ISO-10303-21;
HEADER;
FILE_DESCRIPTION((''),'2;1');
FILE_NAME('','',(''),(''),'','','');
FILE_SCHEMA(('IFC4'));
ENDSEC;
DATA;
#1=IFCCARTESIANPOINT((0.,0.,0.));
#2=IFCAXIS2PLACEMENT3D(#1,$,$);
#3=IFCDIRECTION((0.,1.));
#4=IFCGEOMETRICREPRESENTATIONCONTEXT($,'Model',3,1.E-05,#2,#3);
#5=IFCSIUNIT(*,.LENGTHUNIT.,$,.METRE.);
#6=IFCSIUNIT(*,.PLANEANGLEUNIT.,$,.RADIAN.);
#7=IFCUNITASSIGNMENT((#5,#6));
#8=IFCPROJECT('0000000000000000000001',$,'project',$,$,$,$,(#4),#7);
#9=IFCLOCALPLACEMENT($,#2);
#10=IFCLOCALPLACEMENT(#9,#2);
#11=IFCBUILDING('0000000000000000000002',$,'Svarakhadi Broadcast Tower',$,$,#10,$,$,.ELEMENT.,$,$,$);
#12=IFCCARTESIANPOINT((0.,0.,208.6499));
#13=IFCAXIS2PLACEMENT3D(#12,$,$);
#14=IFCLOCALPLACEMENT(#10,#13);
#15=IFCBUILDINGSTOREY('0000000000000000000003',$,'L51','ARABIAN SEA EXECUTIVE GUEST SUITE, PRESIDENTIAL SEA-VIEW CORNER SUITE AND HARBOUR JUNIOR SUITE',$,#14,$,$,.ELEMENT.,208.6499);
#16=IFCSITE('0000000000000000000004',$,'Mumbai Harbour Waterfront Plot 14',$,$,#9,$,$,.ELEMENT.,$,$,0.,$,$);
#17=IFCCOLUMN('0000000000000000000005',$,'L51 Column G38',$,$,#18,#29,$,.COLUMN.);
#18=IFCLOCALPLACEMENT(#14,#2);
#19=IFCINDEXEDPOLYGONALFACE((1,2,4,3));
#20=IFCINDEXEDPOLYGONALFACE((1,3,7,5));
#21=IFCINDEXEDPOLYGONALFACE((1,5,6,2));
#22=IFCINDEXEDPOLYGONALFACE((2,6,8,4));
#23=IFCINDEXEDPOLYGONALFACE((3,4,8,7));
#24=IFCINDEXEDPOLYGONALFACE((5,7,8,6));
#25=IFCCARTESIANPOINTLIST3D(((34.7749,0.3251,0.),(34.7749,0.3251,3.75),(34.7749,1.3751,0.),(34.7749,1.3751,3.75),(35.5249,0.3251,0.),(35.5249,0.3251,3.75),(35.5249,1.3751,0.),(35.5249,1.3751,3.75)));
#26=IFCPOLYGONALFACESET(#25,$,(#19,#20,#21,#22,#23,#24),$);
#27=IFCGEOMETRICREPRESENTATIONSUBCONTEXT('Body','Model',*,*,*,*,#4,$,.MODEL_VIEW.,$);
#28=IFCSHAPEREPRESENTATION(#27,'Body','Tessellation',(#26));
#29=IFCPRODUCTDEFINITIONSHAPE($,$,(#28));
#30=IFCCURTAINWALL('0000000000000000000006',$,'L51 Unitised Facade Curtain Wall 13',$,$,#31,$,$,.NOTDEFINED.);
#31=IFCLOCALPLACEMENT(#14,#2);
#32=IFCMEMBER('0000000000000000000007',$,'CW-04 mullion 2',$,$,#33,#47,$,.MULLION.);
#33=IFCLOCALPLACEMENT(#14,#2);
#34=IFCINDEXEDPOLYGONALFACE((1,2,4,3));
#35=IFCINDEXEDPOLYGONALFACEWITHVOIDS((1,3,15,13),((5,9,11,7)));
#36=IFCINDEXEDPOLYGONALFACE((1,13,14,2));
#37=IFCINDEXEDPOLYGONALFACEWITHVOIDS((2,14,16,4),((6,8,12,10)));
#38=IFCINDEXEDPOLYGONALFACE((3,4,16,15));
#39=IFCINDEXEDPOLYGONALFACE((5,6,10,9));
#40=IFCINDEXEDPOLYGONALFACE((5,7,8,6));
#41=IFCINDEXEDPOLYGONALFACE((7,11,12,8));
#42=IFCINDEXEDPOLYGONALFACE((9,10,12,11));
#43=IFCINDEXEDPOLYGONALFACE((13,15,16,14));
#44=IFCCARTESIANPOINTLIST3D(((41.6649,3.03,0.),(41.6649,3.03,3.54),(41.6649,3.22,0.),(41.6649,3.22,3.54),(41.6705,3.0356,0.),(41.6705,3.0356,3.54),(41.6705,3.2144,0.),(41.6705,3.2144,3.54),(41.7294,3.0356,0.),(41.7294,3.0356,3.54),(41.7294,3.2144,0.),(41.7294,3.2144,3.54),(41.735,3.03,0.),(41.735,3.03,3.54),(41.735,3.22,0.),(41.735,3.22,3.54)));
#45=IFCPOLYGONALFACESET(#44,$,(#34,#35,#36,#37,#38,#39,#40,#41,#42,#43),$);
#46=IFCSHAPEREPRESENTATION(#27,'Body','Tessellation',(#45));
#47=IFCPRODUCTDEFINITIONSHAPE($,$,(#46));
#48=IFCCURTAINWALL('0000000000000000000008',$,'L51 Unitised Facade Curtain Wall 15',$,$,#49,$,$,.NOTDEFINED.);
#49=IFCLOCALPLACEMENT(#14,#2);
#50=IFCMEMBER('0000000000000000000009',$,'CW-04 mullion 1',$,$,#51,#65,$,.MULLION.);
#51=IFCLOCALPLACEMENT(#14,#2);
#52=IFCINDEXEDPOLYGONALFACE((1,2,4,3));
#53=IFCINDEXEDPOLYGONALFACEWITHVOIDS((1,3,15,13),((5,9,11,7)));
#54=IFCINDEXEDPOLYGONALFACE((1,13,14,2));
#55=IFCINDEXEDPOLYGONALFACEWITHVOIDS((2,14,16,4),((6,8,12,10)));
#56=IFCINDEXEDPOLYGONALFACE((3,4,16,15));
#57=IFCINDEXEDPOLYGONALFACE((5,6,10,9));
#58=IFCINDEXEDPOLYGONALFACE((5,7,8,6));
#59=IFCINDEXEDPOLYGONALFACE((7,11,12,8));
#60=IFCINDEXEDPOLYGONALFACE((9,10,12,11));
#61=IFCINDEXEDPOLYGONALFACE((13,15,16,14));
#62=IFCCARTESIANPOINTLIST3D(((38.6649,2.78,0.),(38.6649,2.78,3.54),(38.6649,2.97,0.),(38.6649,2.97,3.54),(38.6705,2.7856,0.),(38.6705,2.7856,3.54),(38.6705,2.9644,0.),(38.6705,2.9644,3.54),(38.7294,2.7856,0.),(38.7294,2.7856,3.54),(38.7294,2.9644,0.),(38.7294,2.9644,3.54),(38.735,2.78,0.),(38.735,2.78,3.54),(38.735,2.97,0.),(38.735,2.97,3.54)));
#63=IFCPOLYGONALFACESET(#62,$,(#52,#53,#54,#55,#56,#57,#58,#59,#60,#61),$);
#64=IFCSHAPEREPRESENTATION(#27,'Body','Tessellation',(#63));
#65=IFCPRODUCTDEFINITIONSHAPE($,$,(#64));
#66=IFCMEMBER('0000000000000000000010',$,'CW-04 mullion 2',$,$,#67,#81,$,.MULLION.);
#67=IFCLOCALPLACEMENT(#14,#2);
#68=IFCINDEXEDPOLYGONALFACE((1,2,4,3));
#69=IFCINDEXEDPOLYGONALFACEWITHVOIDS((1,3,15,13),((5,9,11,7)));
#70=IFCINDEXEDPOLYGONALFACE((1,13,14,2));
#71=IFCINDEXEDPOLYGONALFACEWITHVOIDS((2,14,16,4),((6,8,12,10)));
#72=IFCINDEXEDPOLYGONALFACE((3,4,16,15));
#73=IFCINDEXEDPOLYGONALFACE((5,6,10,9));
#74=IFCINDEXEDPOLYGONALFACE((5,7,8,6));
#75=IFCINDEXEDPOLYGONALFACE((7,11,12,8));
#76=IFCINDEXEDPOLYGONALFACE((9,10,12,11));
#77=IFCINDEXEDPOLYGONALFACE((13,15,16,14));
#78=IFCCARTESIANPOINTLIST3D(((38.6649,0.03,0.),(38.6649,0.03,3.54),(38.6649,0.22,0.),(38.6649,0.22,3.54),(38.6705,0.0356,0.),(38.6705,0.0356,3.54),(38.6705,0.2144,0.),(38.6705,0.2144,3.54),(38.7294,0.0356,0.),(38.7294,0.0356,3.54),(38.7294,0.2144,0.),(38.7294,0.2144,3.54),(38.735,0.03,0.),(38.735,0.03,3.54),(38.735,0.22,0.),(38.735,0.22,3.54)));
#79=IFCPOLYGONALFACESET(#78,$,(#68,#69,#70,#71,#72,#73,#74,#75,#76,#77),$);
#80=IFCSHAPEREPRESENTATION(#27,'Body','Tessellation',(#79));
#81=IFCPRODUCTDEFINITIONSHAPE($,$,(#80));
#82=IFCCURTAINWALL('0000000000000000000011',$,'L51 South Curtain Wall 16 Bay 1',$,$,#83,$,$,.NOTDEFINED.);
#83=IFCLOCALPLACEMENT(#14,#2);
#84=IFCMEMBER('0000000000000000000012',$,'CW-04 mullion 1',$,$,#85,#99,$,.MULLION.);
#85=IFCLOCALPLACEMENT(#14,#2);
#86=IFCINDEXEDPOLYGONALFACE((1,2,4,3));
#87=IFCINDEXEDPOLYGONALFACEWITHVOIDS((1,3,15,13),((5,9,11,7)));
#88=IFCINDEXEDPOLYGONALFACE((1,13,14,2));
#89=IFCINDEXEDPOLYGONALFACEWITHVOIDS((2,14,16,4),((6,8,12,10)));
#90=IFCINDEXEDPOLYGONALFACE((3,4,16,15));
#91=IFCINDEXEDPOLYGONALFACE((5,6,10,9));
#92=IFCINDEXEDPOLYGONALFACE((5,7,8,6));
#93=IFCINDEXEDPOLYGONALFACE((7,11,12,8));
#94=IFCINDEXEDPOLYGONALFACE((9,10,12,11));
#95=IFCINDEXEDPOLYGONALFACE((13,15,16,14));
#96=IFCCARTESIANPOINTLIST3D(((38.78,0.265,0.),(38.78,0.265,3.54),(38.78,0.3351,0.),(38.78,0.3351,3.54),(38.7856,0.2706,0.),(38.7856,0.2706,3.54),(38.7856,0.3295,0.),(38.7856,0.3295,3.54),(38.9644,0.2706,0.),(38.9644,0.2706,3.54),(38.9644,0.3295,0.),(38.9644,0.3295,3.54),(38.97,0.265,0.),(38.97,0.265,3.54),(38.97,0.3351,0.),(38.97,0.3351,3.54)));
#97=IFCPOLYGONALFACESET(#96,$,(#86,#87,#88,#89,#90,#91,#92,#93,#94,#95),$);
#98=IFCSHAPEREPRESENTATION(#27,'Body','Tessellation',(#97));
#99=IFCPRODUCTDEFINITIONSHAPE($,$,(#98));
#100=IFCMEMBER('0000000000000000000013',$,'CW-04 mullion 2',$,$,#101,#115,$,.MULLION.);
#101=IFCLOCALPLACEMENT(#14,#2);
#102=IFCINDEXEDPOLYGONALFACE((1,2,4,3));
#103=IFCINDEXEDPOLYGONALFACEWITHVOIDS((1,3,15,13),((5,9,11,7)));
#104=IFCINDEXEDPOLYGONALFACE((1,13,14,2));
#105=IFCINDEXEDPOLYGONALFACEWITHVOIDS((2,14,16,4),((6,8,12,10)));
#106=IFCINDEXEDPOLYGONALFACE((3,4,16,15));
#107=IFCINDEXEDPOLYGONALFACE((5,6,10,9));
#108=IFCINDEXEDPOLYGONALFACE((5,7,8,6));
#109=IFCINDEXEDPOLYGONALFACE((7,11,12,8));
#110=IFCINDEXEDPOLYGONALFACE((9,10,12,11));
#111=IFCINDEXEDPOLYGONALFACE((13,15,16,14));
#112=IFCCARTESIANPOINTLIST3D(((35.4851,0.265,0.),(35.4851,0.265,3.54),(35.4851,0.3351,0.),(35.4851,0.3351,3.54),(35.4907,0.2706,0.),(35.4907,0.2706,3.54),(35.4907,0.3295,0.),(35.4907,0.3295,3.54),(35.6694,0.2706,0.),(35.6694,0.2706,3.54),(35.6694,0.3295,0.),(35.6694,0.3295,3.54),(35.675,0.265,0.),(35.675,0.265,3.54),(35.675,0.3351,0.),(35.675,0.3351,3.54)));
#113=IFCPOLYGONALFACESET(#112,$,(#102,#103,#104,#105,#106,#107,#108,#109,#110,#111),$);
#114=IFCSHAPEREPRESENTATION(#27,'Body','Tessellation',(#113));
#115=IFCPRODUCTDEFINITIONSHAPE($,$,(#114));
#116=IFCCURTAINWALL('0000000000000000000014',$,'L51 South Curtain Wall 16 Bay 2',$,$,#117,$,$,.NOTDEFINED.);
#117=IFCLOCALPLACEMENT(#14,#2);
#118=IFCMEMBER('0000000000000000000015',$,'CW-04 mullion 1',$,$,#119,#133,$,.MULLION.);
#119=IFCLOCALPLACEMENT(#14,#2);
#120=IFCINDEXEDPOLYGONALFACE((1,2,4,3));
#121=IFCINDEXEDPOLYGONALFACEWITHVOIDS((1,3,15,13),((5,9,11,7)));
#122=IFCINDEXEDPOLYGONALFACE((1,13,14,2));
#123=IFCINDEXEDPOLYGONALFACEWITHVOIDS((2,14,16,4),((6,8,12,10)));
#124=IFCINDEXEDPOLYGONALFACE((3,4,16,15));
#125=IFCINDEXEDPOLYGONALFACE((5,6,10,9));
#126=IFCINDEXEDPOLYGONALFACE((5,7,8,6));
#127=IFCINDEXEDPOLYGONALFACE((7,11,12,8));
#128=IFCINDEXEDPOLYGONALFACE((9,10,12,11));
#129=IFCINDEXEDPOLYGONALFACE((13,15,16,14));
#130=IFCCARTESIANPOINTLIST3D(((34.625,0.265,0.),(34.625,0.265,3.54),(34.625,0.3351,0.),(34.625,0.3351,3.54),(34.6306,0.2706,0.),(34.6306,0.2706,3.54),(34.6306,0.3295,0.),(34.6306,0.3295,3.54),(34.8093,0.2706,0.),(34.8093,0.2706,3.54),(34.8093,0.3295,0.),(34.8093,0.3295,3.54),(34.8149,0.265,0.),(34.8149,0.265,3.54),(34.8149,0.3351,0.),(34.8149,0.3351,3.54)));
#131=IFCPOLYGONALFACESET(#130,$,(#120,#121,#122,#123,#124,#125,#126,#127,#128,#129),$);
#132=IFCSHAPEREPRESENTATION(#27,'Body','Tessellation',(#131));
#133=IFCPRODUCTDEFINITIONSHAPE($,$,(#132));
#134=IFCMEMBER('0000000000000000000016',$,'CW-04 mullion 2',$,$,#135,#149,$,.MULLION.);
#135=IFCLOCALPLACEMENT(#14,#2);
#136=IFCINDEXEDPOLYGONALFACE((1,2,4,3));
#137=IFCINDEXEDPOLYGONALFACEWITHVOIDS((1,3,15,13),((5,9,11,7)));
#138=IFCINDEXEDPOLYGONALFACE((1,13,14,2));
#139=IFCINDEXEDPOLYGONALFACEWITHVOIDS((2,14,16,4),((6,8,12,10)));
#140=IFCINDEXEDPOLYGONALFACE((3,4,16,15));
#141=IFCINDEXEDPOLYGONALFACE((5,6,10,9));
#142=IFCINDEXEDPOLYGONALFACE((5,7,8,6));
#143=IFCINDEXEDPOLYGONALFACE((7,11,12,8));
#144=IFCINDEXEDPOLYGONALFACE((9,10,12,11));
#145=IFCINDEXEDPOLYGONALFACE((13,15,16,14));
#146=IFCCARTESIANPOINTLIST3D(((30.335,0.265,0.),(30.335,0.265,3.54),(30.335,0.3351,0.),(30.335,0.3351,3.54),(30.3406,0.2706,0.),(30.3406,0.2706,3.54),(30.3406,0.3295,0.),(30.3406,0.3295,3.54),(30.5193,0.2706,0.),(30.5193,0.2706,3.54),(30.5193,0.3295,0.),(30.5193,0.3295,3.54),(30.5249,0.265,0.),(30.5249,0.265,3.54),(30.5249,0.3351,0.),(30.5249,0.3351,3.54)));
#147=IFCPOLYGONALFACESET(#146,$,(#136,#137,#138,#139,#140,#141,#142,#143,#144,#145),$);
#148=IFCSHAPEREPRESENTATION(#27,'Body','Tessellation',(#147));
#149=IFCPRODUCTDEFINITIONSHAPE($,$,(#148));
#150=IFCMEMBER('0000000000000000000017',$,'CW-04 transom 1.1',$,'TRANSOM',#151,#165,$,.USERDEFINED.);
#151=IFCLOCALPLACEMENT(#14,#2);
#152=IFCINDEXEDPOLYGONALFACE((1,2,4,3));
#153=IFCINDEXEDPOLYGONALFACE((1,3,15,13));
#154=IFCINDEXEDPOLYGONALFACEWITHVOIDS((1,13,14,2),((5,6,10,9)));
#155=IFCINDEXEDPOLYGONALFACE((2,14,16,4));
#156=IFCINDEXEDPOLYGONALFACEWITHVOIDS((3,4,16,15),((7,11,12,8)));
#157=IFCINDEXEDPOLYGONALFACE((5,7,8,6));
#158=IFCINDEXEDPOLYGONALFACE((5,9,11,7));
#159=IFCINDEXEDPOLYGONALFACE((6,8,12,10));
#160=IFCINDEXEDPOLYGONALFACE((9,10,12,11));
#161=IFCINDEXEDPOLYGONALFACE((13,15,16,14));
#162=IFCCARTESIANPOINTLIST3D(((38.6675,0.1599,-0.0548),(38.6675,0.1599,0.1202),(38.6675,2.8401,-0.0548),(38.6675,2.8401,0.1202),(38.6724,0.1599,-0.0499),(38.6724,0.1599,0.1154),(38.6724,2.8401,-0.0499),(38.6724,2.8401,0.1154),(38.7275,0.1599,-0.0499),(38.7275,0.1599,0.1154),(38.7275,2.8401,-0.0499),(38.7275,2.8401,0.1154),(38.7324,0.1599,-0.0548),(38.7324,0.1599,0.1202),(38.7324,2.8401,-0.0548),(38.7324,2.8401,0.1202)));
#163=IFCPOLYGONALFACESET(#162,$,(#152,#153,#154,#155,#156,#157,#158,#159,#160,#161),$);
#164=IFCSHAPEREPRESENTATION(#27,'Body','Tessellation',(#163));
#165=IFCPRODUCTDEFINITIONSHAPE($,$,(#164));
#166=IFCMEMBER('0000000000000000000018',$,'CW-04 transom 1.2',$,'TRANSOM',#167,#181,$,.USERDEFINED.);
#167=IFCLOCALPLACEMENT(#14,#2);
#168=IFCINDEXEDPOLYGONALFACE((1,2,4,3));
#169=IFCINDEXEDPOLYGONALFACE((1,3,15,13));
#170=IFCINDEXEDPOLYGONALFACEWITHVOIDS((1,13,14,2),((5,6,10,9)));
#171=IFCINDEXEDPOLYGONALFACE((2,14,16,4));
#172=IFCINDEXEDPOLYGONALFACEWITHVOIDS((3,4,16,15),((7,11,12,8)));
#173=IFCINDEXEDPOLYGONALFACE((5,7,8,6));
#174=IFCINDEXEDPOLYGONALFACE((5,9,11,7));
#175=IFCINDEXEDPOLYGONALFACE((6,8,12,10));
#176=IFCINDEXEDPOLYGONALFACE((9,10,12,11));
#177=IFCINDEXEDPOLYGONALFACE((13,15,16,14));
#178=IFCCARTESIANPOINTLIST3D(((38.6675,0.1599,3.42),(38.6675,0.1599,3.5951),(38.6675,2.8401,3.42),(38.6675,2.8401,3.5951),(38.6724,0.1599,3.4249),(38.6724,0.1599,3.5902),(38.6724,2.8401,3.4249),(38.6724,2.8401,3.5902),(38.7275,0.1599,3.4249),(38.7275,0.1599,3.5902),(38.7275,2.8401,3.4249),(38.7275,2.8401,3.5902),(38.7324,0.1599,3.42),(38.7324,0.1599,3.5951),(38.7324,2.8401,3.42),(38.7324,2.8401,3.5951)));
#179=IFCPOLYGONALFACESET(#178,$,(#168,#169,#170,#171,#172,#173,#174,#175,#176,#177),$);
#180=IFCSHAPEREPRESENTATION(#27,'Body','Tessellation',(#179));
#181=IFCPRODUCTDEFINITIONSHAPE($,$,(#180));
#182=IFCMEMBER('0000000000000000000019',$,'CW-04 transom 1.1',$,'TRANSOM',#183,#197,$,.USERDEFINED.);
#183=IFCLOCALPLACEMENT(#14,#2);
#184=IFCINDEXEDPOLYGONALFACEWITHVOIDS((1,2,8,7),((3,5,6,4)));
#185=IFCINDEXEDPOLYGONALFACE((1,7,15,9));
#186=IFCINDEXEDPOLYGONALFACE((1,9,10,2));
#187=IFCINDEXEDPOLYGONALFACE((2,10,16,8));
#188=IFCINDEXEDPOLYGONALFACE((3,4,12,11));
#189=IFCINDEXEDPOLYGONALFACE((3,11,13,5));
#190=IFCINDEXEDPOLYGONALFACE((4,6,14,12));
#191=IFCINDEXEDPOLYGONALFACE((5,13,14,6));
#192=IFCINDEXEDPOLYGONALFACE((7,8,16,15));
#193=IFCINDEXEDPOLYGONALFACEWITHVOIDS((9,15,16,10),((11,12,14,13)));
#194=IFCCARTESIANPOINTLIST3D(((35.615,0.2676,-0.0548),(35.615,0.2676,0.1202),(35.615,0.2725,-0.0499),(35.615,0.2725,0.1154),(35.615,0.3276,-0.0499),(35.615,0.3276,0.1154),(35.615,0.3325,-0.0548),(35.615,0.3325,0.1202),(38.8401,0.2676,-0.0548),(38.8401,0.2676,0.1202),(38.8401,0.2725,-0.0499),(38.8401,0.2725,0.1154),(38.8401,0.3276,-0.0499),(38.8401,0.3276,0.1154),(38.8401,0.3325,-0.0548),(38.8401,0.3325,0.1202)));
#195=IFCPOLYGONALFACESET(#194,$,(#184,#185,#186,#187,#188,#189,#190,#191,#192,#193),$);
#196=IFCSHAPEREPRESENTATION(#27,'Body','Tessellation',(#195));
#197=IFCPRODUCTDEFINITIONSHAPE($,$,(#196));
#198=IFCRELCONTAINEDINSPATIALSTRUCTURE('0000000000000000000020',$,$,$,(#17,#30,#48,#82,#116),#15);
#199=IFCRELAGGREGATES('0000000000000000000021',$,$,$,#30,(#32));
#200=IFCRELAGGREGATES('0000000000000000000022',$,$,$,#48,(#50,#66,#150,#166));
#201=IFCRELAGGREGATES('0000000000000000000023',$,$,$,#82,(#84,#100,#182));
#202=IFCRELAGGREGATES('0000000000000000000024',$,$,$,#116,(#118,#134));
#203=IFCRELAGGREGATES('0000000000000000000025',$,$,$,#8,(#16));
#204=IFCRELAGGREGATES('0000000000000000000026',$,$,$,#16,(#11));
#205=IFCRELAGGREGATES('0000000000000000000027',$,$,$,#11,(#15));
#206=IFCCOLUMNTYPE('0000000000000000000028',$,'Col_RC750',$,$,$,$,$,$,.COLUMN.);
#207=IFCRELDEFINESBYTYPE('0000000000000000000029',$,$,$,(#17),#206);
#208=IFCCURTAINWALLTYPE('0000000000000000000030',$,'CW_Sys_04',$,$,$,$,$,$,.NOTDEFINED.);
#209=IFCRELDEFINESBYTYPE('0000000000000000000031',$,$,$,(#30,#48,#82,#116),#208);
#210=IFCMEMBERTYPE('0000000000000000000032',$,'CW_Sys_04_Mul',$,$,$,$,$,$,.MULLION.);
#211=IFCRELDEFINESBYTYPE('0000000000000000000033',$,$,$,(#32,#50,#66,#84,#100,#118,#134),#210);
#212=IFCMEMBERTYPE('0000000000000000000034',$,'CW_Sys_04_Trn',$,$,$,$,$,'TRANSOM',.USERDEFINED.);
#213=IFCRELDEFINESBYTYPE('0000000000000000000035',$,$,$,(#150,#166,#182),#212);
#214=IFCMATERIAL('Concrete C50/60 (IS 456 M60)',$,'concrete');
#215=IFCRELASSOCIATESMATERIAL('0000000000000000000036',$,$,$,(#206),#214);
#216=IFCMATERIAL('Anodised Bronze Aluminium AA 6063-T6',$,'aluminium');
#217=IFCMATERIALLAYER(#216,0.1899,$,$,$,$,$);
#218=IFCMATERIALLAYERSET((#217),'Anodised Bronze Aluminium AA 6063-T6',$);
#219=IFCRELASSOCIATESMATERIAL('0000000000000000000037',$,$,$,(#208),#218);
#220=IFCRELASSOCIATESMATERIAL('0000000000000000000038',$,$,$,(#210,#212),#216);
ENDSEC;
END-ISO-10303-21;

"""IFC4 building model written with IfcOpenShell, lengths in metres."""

from ifc_helpers import new_model, si_unit, direction, frame, origin, origin_2d, place, context, subcontext, project, spatial, rectangle, hollow_rectangle, extrude, material, layer, layer_set, material_profile, profile_set, type_object, element, aggregate, save


model = new_model("IFC4")

# Units and contexts
model_context = context("Model", 3, precision=1e-05, world=origin(), true_north=direction((0.0, 1.0)))
body_context = subcontext(model_context, "Body", "Model", "MODEL_VIEW")
ifc_project = project(units=[si_unit("LENGTHUNIT", "METRE"), si_unit("PLANEANGLEUNIT", "RADIAN")], contexts=[model_context])

# Site, building, storey
site_placement = place(None, origin())
site = spatial("IfcSite", under=ifc_project, at=site_placement, Name="Mumbai Harbour Waterfront Plot 14", CompositionType="ELEMENT", RefElevation=0.0)
building_placement = place(site_placement, origin())
building = spatial("IfcBuilding", under=site, at=building_placement, Name="Svarakhadi Broadcast Tower", CompositionType="ELEMENT")
storey_placement = place(building_placement, frame((0.0, 0.0, 208.6499)))
storey = spatial("IfcBuildingStorey", under=building, at=storey_placement, Name="L51", Description="ARABIAN SEA EXECUTIVE GUEST SUITE, PRESIDENTIAL SEA-VIEW CORNER SUITE AND HARBOUR JUNIOR SUITE", CompositionType="ELEMENT", Elevation=208.6499)

# Column
ifc_material_1 = material(Name="Concrete C50/60 (IS 456 M60)", Category="concrete")
ifc_material_profile_1 = material_profile(ifc_material_1, rectangle(XDim=0.75, YDim=1.05, at=origin_2d()), Name="RC 750x1050")
ifc_profile_set_1 = profile_set([ifc_material_profile_1], Name="Concrete C50/60 (IS 456 M60)")
column_type = type_object("IfcColumnType", Name="Col_RC750", PredefinedType="COLUMN", material=ifc_profile_set_1)
column_placement = place(storey_placement, frame((35.1499, 0.8501, 0.0), z_axis=(0.0, 0.0, 1.0), x_axis=(1.0, 0.0, 0.0)))
element("IfcColumn", 1, at=column_placement, inside=storey, type_object=column_type, Name="L51 Column G38", PredefinedType="COLUMN", context=body_context, shape_type="SweptSolid", body=[
    extrude(rectangle(XDim=0.75, YDim=1.05, at=origin_2d()), origin(), (0.0, 0.0, 1.0), 3.75),
])

# Curtain wall, member
ifc_material_2 = material(Name="Anodised Bronze Aluminium AA 6063-T6", Category="aluminium")
ifc_layer_1 = layer(ifc_material_2, 0.1899)
ifc_layer_set_1 = layer_set([ifc_layer_1], Name="Anodised Bronze Aluminium AA 6063-T6")
curtain_wall_type = type_object("IfcCurtainWallType", Name="CW_Sys_04", PredefinedType="NOTDEFINED", material=ifc_layer_set_1)
curtain_wall_1_placement = place(storey_placement, origin())
curtain_wall_1 = element("IfcCurtainWall", 2, at=curtain_wall_1_placement, inside=storey, type_object=curtain_wall_type, Name="L51 Unitised Facade Curtain Wall 13", PredefinedType="NOTDEFINED")
ifc_material_profile_2 = material_profile(ifc_material_2, hollow_rectangle(XDim=0.0701, YDim=0.1899, WallThickness=0.0056, at=origin_2d()), Name="ALU MULLION 190x70x6")
ifc_profile_set_2 = profile_set([ifc_material_profile_2], Name="Anodised Bronze Aluminium AA 6063-T6")
member_type_1 = type_object("IfcMemberType", Name="CW_Sys_04_Mul", PredefinedType="MULLION", material=ifc_profile_set_2)
member_1_placement = place(storey_placement, frame((41.7, 3.125, 0.0), z_axis=(0.0, 0.0, 1.0), x_axis=(1.0, 0.0, 0.0)))
member_1 = element("IfcMember", 3, at=member_1_placement, type_object=member_type_1, Name="CW-04 mullion 2", PredefinedType="MULLION", context=body_context, shape_type="SweptSolid", body=[
    extrude(hollow_rectangle(XDim=0.0701, YDim=0.1899, WallThickness=0.0056, at=origin_2d()), origin(), (0.0, 0.0, 1.0), 3.54),
])
aggregate(curtain_wall_1, [member_1])

# Curtain walls, members
curtain_wall_2_placement = place(storey_placement, origin())
curtain_wall_2 = element("IfcCurtainWall", 4, at=curtain_wall_2_placement, inside=storey, type_object=curtain_wall_type, Name="L51 Unitised Facade Curtain Wall 15", PredefinedType="NOTDEFINED")
member_2_placement = place(storey_placement, frame((38.7, 2.875, 0.0), z_axis=(0.0, 0.0, 1.0), x_axis=(1.0, 0.0, 0.0)))
member_2 = element("IfcMember", 5, at=member_2_placement, type_object=member_type_1, Name="CW-04 mullion 1", PredefinedType="MULLION", context=body_context, shape_type="SweptSolid", body=[
    extrude(hollow_rectangle(XDim=0.0701, YDim=0.1899, WallThickness=0.0056, at=origin_2d()), origin(), (0.0, 0.0, 1.0), 3.54),
])
member_3_placement = place(storey_placement, frame((38.7, 0.125, 0.0), z_axis=(0.0, 0.0, 1.0), x_axis=(1.0, 0.0, 0.0)))
member_3 = element("IfcMember", 6, at=member_3_placement, type_object=member_type_1, Name="CW-04 mullion 2", PredefinedType="MULLION", context=body_context, shape_type="SweptSolid", body=[
    extrude(hollow_rectangle(XDim=0.0701, YDim=0.1899, WallThickness=0.0056, at=origin_2d()), origin(), (0.0, 0.0, 1.0), 3.54),
])
curtain_wall_3_placement = place(storey_placement, origin())
curtain_wall_3 = element("IfcCurtainWall", 7, at=curtain_wall_3_placement, inside=storey, type_object=curtain_wall_type, Name="L51 South Curtain Wall 16 Bay 1", PredefinedType="NOTDEFINED")
member_4_placement = place(storey_placement, frame((38.875, 0.3, 0.0), z_axis=(0.0, 0.0, 1.0), x_axis=(0.0, -1.0, 0.0)))
member_4 = element("IfcMember", 8, at=member_4_placement, type_object=member_type_1, Name="CW-04 mullion 1", PredefinedType="MULLION", context=body_context, shape_type="SweptSolid", body=[
    extrude(hollow_rectangle(XDim=0.0701, YDim=0.1899, WallThickness=0.0056, at=origin_2d()), origin(), (0.0, 0.0, 1.0), 3.54),
])
member_5_placement = place(storey_placement, frame((35.5801, 0.3, 0.0), z_axis=(0.0, 0.0, 1.0), x_axis=(0.0, -1.0, 0.0)))
member_5 = element("IfcMember", 9, at=member_5_placement, type_object=member_type_1, Name="CW-04 mullion 2", PredefinedType="MULLION", context=body_context, shape_type="SweptSolid", body=[
    extrude(hollow_rectangle(XDim=0.0701, YDim=0.1899, WallThickness=0.0056, at=origin_2d()), origin(), (0.0, 0.0, 1.0), 3.54),
])
curtain_wall_4_placement = place(storey_placement, origin())
curtain_wall_4 = element("IfcCurtainWall", 10, at=curtain_wall_4_placement, inside=storey, type_object=curtain_wall_type, Name="L51 South Curtain Wall 16 Bay 2", PredefinedType="NOTDEFINED")
member_6_placement = place(storey_placement, frame((34.72, 0.3, 0.0), z_axis=(0.0, 0.0, 1.0), x_axis=(0.0, -1.0, 0.0)))
member_6 = element("IfcMember", 11, at=member_6_placement, type_object=member_type_1, Name="CW-04 mullion 1", PredefinedType="MULLION", context=body_context, shape_type="SweptSolid", body=[
    extrude(hollow_rectangle(XDim=0.0701, YDim=0.1899, WallThickness=0.0056, at=origin_2d()), origin(), (0.0, 0.0, 1.0), 3.54),
])
member_7_placement = place(storey_placement, frame((30.4299, 0.3, 0.0), z_axis=(0.0, 0.0, 1.0), x_axis=(0.0, -1.0, 0.0)))
member_7 = element("IfcMember", 12, at=member_7_placement, type_object=member_type_1, Name="CW-04 mullion 2", PredefinedType="MULLION", context=body_context, shape_type="SweptSolid", body=[
    extrude(hollow_rectangle(XDim=0.0701, YDim=0.1899, WallThickness=0.0056, at=origin_2d()), origin(), (0.0, 0.0, 1.0), 3.54),
])

# Members
ifc_material_profile_3 = material_profile(ifc_material_2, hollow_rectangle(XDim=0.0649, YDim=0.175, WallThickness=0.0049, at=origin_2d()), Name="ALU TRANSOM 175x65x5")
ifc_profile_set_3 = profile_set([ifc_material_profile_3], Name="Anodised Bronze Aluminium AA 6063-T6")
member_type_2 = type_object("IfcMemberType", Name="CW_Sys_04_Trn", ElementType="TRANSOM", PredefinedType="USERDEFINED", material=ifc_profile_set_3)
member_8_placement = place(storey_placement, frame((38.7, 2.8401, 0.0327), z_axis=(0.0, -1.0, 0.0), x_axis=(1.0, 0.0, 0.0)))
member_8 = element("IfcMember", 13, at=member_8_placement, type_object=member_type_2, Name="CW-04 transom 1.1", ObjectType="TRANSOM", PredefinedType="USERDEFINED", context=body_context, shape_type="SweptSolid", body=[
    extrude(hollow_rectangle(XDim=0.0649, YDim=0.175, WallThickness=0.0049, at=origin_2d()), origin(), (0.0, 0.0, 1.0), 2.6802),
])
member_9_placement = place(storey_placement, frame((38.7, 2.8401, 3.5076), z_axis=(0.0, -1.0, 0.0), x_axis=(1.0, 0.0, 0.0)))
member_9 = element("IfcMember", 14, at=member_9_placement, type_object=member_type_2, Name="CW-04 transom 1.2", ObjectType="TRANSOM", PredefinedType="USERDEFINED", context=body_context, shape_type="SweptSolid", body=[
    extrude(hollow_rectangle(XDim=0.0649, YDim=0.175, WallThickness=0.0049, at=origin_2d()), origin(), (0.0, 0.0, 1.0), 2.6802),
])
member_10_placement = place(storey_placement, frame((38.8401, 0.3, 0.0327), z_axis=(-1.0, 0.0, 0.0), x_axis=(0.0, -1.0, 0.0)))
member_10 = element("IfcMember", 15, at=member_10_placement, type_object=member_type_2, Name="CW-04 transom 1.1", ObjectType="TRANSOM", PredefinedType="USERDEFINED", context=body_context, shape_type="SweptSolid", body=[
    extrude(hollow_rectangle(XDim=0.0649, YDim=0.175, WallThickness=0.0049, at=origin_2d()), origin(), (0.0, 0.0, 1.0), 3.2251),
])

aggregate(curtain_wall_2, [member_2, member_3, member_8, member_9])
aggregate(curtain_wall_3, [member_4, member_5, member_10])
aggregate(curtain_wall_4, [member_6, member_7])

save(model, "model.ifc")
